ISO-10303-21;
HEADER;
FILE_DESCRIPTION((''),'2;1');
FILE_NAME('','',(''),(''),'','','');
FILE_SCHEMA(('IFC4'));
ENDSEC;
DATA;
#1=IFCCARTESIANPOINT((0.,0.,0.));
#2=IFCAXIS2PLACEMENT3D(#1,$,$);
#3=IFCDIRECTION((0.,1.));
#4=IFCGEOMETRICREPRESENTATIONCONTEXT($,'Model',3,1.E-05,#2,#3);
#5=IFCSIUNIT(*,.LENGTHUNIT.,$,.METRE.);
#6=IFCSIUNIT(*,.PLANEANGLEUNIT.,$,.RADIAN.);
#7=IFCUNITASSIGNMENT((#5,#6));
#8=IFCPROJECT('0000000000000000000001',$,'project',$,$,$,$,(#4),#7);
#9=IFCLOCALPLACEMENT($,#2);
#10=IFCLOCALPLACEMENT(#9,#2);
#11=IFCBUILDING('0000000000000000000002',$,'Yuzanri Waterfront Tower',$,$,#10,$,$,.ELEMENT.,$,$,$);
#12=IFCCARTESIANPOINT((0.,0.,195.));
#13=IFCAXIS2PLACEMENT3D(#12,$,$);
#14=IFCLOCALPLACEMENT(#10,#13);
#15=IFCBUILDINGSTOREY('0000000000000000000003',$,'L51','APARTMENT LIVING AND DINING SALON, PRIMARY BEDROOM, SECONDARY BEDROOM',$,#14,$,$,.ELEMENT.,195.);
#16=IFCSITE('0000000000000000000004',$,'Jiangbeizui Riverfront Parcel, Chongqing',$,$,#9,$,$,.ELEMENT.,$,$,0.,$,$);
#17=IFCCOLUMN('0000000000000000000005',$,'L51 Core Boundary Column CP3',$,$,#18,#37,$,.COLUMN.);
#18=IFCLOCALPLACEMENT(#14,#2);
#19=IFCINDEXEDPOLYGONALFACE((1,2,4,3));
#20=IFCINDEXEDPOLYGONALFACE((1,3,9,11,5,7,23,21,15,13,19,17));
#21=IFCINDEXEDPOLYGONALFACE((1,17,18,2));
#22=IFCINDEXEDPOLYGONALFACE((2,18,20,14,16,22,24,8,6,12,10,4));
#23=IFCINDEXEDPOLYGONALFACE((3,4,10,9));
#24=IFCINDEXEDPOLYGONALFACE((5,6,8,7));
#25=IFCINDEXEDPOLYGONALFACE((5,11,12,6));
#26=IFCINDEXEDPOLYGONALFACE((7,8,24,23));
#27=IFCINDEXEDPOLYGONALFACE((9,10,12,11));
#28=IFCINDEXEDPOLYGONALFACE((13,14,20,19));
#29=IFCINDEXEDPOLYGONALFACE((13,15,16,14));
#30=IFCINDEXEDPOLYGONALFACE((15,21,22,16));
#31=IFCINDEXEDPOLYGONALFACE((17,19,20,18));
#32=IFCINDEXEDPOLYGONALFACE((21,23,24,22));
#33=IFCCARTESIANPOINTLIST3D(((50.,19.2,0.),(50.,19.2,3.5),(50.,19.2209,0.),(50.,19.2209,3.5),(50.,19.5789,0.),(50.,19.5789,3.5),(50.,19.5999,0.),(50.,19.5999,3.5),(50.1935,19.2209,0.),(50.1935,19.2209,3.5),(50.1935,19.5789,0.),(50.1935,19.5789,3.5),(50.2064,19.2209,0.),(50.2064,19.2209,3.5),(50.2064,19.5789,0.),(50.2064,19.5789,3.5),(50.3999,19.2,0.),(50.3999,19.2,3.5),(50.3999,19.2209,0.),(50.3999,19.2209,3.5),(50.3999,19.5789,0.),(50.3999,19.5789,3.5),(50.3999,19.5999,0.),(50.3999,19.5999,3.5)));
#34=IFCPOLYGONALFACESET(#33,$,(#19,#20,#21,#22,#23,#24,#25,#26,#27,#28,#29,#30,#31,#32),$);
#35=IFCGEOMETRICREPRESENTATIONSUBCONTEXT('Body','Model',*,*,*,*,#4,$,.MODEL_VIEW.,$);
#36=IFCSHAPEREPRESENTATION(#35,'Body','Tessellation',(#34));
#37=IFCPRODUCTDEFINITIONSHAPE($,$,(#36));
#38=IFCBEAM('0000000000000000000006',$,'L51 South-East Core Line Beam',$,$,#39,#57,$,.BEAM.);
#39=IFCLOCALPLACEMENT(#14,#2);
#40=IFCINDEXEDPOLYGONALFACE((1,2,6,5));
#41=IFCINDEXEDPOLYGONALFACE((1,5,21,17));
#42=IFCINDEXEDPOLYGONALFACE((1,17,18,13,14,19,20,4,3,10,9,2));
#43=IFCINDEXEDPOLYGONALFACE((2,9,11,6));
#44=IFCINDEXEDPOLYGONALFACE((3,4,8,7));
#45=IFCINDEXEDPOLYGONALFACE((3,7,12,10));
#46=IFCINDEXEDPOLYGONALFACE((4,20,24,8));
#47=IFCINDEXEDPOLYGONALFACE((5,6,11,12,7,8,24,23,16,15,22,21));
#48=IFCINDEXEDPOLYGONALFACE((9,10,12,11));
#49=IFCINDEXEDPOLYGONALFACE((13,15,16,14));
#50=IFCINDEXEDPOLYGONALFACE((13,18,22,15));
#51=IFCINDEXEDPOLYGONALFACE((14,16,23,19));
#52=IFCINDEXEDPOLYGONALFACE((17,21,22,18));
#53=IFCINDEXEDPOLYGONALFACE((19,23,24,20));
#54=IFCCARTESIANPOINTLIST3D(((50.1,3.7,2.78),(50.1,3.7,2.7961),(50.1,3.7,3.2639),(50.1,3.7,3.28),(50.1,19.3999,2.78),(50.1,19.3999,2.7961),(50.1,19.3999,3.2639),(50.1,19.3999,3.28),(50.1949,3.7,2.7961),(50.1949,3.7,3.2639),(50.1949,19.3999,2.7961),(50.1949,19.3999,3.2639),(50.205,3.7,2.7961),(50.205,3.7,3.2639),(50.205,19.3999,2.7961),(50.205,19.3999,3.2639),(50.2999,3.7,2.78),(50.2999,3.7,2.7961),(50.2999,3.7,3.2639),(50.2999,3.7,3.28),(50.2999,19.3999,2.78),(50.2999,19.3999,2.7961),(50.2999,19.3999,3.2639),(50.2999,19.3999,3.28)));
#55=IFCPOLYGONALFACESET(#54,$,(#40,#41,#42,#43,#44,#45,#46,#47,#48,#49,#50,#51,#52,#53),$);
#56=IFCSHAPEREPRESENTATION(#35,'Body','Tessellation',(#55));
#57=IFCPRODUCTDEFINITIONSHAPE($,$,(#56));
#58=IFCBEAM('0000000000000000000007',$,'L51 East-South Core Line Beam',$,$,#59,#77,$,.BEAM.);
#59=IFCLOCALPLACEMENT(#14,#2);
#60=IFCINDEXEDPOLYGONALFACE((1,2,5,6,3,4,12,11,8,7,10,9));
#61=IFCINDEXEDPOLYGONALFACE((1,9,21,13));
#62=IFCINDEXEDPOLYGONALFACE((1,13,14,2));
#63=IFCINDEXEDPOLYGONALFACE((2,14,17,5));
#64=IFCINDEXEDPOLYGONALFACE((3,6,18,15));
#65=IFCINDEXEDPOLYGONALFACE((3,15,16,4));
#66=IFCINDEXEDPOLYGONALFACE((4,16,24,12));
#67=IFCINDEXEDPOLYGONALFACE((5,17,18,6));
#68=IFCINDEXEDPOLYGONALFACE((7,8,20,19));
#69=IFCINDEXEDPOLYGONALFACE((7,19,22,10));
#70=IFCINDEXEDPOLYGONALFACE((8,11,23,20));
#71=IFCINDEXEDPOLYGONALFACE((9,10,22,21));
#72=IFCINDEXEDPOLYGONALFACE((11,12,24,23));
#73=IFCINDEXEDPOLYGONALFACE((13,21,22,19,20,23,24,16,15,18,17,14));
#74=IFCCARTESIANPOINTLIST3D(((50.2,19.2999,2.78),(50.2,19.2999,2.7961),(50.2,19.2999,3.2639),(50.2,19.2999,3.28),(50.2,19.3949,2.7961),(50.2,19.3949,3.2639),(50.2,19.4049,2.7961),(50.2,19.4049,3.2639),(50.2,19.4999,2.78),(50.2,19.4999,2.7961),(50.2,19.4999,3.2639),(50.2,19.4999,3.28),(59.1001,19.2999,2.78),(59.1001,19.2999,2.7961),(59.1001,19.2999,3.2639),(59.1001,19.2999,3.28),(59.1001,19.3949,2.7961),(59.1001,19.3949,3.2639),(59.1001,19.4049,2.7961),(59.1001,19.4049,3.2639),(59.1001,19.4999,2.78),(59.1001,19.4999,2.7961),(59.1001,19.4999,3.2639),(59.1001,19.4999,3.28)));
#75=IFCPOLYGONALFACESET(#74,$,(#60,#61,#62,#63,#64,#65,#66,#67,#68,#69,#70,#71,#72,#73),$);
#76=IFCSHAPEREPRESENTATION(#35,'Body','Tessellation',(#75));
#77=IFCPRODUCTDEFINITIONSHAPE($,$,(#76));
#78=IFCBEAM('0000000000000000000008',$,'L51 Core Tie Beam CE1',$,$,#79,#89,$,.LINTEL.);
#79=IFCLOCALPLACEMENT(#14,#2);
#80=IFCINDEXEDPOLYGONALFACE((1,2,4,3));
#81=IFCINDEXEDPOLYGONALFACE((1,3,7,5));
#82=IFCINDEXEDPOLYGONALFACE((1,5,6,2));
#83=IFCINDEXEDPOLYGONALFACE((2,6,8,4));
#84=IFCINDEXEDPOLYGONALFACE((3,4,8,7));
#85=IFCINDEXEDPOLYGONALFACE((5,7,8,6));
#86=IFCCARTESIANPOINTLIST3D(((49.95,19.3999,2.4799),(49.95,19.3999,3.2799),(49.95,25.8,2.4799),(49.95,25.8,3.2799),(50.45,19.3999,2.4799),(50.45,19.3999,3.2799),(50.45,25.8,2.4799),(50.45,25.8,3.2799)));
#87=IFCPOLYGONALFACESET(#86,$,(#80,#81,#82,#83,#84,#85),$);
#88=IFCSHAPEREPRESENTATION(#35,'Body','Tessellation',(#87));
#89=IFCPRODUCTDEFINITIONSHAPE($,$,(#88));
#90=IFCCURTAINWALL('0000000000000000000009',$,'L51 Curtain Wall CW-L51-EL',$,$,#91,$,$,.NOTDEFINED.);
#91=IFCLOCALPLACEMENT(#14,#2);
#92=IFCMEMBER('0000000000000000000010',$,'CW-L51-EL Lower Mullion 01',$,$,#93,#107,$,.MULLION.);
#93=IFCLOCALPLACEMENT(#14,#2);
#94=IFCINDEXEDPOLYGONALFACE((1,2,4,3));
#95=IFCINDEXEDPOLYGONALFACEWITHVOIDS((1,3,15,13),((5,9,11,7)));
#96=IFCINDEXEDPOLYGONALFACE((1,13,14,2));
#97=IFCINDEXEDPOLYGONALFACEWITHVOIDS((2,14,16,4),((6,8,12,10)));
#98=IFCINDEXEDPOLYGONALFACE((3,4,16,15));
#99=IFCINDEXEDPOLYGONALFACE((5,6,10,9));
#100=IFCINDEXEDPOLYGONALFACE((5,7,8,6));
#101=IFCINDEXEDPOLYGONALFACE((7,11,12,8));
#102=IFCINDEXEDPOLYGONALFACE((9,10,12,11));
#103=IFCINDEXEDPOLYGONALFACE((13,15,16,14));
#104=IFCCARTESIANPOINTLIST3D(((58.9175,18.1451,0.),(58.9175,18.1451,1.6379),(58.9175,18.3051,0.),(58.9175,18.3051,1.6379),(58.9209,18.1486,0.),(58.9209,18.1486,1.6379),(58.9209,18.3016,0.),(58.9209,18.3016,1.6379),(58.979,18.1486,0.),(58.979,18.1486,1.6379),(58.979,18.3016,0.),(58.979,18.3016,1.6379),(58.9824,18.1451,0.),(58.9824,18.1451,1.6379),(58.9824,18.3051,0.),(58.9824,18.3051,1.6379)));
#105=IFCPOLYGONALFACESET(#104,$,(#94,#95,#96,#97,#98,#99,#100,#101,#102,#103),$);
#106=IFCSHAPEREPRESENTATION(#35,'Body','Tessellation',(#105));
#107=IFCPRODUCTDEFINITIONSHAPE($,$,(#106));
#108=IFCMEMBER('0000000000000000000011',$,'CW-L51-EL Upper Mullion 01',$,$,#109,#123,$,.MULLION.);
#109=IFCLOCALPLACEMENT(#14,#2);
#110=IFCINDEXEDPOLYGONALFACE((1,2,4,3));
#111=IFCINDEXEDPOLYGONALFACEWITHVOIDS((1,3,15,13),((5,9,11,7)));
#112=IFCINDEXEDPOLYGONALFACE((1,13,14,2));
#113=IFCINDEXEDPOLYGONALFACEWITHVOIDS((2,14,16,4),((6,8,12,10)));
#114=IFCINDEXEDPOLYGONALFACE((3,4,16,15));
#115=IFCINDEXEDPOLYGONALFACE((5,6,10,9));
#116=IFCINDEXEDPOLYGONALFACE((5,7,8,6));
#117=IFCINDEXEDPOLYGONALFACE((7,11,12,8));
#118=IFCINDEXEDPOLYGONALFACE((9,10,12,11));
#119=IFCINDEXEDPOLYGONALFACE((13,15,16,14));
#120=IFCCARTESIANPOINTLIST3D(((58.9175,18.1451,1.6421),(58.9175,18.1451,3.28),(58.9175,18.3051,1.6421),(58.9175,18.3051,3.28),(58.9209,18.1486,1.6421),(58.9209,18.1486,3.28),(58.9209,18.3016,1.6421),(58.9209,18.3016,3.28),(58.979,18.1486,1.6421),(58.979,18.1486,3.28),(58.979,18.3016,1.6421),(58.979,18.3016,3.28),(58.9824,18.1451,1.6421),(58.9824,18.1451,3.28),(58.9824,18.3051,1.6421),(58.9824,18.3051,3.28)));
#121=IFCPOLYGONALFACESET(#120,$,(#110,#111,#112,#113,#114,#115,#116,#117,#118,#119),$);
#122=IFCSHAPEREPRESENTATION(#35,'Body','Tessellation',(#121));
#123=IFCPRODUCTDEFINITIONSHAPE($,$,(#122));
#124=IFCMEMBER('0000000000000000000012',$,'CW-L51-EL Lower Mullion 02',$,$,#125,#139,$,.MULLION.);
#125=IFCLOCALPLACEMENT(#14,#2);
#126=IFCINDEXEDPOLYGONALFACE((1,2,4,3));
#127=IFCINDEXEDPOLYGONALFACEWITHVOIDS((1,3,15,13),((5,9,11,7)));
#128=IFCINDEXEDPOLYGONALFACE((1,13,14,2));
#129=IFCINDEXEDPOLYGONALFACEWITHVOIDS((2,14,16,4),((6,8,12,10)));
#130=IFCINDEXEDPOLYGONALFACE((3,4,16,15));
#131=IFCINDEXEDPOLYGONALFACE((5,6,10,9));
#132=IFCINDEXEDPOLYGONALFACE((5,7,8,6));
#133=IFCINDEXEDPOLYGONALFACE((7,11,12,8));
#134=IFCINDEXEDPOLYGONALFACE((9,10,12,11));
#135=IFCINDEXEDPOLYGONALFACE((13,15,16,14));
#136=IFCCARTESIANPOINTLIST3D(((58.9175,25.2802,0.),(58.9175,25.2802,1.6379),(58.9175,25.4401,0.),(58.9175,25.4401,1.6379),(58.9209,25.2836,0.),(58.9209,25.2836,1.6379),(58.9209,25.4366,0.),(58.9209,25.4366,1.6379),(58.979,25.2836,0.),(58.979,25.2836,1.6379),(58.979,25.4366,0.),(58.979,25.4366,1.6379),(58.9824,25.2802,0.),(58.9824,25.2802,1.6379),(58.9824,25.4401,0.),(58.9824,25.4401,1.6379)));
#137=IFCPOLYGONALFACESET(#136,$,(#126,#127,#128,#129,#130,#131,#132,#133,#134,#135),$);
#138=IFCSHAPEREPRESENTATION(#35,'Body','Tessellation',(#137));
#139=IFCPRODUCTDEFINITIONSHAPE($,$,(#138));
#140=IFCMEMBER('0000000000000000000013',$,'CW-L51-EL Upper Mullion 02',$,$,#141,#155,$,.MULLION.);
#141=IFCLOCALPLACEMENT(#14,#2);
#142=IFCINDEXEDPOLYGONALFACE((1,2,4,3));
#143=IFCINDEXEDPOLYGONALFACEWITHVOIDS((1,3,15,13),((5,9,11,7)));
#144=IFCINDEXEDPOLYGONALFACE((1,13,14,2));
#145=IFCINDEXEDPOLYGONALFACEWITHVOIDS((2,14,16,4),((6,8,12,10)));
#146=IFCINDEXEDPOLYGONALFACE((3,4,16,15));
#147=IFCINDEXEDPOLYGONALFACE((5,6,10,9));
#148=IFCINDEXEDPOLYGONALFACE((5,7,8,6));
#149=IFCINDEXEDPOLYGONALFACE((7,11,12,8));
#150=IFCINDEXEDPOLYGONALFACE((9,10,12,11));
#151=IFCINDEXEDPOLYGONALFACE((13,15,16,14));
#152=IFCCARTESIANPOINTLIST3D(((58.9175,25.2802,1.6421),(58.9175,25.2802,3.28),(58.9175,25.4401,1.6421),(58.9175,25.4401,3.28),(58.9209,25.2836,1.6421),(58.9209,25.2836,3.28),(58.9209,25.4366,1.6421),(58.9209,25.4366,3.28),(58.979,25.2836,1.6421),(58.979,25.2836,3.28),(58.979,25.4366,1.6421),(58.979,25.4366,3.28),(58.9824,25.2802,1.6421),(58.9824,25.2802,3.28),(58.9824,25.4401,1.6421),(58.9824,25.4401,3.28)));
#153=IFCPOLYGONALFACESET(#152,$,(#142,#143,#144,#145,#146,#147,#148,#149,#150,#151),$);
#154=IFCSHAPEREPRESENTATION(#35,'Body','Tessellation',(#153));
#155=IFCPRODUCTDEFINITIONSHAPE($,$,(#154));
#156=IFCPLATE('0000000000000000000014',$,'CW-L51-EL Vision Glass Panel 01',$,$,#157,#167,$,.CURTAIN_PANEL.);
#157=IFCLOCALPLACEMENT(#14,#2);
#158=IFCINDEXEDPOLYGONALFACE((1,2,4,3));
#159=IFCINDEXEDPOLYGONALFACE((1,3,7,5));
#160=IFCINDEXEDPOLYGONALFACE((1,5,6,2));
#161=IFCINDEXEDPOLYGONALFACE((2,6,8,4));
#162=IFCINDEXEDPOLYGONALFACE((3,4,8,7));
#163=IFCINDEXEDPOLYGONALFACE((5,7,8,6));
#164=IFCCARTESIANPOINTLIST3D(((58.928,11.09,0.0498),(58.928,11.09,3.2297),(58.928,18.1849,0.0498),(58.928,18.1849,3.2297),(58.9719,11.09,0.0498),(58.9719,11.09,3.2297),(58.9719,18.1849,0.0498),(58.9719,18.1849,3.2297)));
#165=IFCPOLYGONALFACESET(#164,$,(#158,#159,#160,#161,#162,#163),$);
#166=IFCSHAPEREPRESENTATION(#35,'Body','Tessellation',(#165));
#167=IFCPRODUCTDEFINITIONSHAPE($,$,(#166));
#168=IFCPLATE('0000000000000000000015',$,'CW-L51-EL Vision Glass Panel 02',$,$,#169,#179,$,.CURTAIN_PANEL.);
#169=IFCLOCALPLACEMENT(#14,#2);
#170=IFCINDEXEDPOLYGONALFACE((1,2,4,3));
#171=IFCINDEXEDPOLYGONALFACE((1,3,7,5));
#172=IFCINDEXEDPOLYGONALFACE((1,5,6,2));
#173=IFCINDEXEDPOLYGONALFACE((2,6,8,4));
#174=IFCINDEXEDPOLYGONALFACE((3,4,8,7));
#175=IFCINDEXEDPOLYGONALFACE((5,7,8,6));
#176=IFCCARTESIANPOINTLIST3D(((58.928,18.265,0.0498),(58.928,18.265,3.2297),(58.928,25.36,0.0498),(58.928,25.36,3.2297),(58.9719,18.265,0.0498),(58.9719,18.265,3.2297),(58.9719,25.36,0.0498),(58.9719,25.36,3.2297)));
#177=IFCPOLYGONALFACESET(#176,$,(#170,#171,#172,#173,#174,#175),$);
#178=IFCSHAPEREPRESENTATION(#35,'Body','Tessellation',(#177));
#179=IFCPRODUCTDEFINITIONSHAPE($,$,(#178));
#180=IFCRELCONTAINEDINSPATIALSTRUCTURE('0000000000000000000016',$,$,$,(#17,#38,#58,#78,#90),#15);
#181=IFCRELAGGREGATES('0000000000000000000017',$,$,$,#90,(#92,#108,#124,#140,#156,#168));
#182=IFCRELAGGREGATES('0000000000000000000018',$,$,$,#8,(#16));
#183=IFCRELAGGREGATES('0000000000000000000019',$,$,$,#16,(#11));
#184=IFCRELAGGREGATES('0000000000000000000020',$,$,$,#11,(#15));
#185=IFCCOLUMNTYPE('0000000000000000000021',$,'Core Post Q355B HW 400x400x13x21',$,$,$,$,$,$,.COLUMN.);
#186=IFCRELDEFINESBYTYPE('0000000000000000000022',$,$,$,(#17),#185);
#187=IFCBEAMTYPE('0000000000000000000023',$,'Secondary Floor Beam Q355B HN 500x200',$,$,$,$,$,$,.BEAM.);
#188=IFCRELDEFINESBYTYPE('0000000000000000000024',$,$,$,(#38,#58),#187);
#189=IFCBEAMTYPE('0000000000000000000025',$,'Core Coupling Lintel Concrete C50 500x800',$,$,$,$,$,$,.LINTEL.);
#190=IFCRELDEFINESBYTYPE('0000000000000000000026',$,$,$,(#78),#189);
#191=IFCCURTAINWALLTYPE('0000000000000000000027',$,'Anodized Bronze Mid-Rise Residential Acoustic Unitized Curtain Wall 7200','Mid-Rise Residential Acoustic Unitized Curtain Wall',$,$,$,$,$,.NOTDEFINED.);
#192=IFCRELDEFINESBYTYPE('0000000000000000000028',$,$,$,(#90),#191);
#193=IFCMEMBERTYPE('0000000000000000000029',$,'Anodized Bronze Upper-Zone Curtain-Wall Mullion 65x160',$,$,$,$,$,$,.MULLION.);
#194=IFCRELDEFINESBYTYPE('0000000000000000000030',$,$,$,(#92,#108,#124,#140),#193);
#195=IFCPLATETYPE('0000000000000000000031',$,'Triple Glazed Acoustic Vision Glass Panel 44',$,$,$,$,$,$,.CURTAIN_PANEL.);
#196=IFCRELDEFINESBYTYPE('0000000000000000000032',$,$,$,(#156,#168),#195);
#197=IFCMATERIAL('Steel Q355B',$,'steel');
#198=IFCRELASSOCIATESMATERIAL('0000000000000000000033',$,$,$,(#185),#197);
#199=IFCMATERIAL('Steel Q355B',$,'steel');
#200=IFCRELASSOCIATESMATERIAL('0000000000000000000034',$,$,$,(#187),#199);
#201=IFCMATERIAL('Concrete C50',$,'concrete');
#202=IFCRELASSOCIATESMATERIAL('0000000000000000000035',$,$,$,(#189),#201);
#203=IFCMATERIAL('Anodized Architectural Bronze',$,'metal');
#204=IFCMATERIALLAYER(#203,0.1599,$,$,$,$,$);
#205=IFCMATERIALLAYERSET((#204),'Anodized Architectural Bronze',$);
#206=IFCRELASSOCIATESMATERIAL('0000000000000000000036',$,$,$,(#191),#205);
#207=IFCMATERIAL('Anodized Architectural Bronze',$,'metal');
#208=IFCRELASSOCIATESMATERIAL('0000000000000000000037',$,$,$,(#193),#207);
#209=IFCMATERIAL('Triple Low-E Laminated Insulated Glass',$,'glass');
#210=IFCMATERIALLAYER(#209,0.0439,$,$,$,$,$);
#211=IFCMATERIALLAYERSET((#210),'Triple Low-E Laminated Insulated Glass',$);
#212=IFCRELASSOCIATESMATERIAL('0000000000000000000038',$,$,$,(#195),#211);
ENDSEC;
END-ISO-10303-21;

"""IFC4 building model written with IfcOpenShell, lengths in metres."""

from ifc_helpers import new_model, si_unit, direction, frame, origin, origin_2d, place, context, subcontext, project, spatial, rectangle, hollow_rectangle, i_section, extrude, source, transform, mapped, material, layer, layer_set, material_profile, profile_set, type_object, element, aggregate, save


model = new_model("IFC4")

# Units and contexts
model_context = context("Model", 3, precision=1e-05, world=origin(), true_north=direction((0.0, 1.0)))
body_context = subcontext(model_context, "Body", "Model", "MODEL_VIEW")
ifc_project = project(units=[si_unit("LENGTHUNIT", "METRE"), si_unit("PLANEANGLEUNIT", "RADIAN")], contexts=[model_context])

# Site, building, storey
site_placement = place(None, origin())
site = spatial("IfcSite", under=ifc_project, at=site_placement, Name="Jiangbeizui Riverfront Parcel, Chongqing", CompositionType="ELEMENT", RefElevation=0.0)
building_placement = place(site_placement, origin())
building = spatial("IfcBuilding", under=site, at=building_placement, Name="Yuzanri Waterfront Tower", CompositionType="ELEMENT")
storey_placement = place(building_placement, frame((0.0, 0.0, 195.0)))
storey = spatial("IfcBuildingStorey", under=building, at=storey_placement, Name="L51", Description="APARTMENT LIVING AND DINING SALON, PRIMARY BEDROOM, SECONDARY BEDROOM", CompositionType="ELEMENT", Elevation=195.0)

# Column
ifc_material_1 = material(Name="Steel Q355B", Category="steel")
ifc_material_profile_1 = material_profile(ifc_material_1, i_section(OverallWidth=0.3999, OverallDepth=0.3999, WebThickness=0.0129, FlangeThickness=0.021, at=origin_2d()), Name="HW 400x400x13x21")
ifc_profile_set_1 = profile_set([ifc_material_profile_1], Name="Steel Q355B")
column_type = type_object("IfcColumnType", Name="Core Post Q355B HW 400x400x13x21", PredefinedType="COLUMN", material=ifc_profile_set_1)
shared_shape_1 = source(origin(), body_context, "Body", "SweptSolid", [
    extrude(i_section(OverallWidth=0.3999, OverallDepth=0.3999, WebThickness=0.0129, FlangeThickness=0.021, at=origin_2d()), origin(), (0.0, 0.0, 1.0), 3.5),
])
column_placement = place(storey_placement, frame((50.2, 19.3999, 0.0), z_axis=(0.0, 0.0, 1.0), x_axis=(1.0, 0.0, 0.0)))
element("IfcColumn", 1, at=column_placement, inside=storey, type_object=column_type, Name="L51 Core Boundary Column CP3", PredefinedType="COLUMN", context=body_context, shape_type="MappedRepresentation", body=[
    mapped(shared_shape_1, transform((0.0, 0.0, 0.0), scale=1.0)),
])

# Beams
ifc_material_2 = material(Name="Steel Q355B", Category="steel")
ifc_material_profile_2 = material_profile(ifc_material_2, i_section(OverallWidth=0.2, OverallDepth=0.5, WebThickness=0.01, FlangeThickness=0.0161, at=origin_2d()), Name="HN 500x200x10x16")
ifc_profile_set_2 = profile_set([ifc_material_profile_2], Name="Steel Q355B")
beam_type_1 = type_object("IfcBeamType", Name="Secondary Floor Beam Q355B HN 500x200", PredefinedType="BEAM", material=ifc_profile_set_2)
shared_shape_2 = source(origin(), body_context, "Body", "SweptSolid", [
    extrude(i_section(OverallWidth=0.2, OverallDepth=0.5, WebThickness=0.01, FlangeThickness=0.0161, at=origin_2d()), origin(), (0.0, 0.0, 1.0), 15.7),
])
beam_1_placement = place(storey_placement, frame((50.2, 19.3999, 3.03), z_axis=(0.0, -1.0, 0.0), x_axis=(1.0, 0.0, 0.0)))
element("IfcBeam", 2, at=beam_1_placement, inside=storey, type_object=beam_type_1, Name="L51 South-East Core Line Beam", PredefinedType="BEAM", context=body_context, shape_type="MappedRepresentation", body=[
    mapped(shared_shape_2, transform((0.0, 0.0, 0.0), scale=1.0)),
])
shared_shape_3 = source(origin(), body_context, "Body", "SweptSolid", [
    extrude(i_section(OverallWidth=0.2, OverallDepth=0.5, WebThickness=0.01, FlangeThickness=0.0161, at=origin_2d()), origin(), (0.0, 0.0, 1.0), 8.9001),
])
beam_2_placement = place(storey_placement, frame((50.2, 19.3999, 3.03), z_axis=(1.0, 0.0, 0.0), x_axis=(0.0, 1.0, 0.0)))
element("IfcBeam", 3, at=beam_2_placement, inside=storey, type_object=beam_type_1, Name="L51 East-South Core Line Beam", PredefinedType="BEAM", context=body_context, shape_type="MappedRepresentation", body=[
    mapped(shared_shape_3, transform((0.0, 0.0, 0.0), scale=1.0)),
])
ifc_material_3 = material(Name="Concrete C50", Category="concrete")
ifc_material_profile_3 = material_profile(ifc_material_3, rectangle(XDim=0.5, YDim=0.8, at=origin_2d()), Name="RC 500x800")
ifc_profile_set_3 = profile_set([ifc_material_profile_3], Name="Concrete C50")
beam_type_2 = type_object("IfcBeamType", Name="Core Coupling Lintel Concrete C50 500x800", PredefinedType="LINTEL", material=ifc_profile_set_3)
shared_shape_4 = source(origin(), body_context, "Body", "SweptSolid", [
    extrude(rectangle(XDim=0.5, YDim=0.8, at=origin_2d()), origin(), (0.0, 0.0, 1.0), 6.4001),
])
beam_3_placement = place(storey_placement, frame((50.2, 19.3999, 2.8799), z_axis=(0.0, 1.0, 0.0), x_axis=(-1.0, 0.0, 0.0)))
element("IfcBeam", 4, at=beam_3_placement, inside=storey, type_object=beam_type_2, Name="L51 Core Tie Beam CE1", PredefinedType="LINTEL", context=body_context, shape_type="MappedRepresentation", body=[
    mapped(shared_shape_4, transform((0.0, 0.0, 0.0), scale=1.0)),
])

# Curtain wall, members, plates
ifc_material_4 = material(Name="Anodized Architectural Bronze", Category="metal")
ifc_layer_1 = layer(ifc_material_4, 0.1599)
ifc_layer_set_1 = layer_set([ifc_layer_1], Name="Anodized Architectural Bronze")
curtain_wall_type = type_object("IfcCurtainWallType", Name="Anodized Bronze Mid-Rise Residential Acoustic Unitized Curtain Wall 7200", Description="Mid-Rise Residential Acoustic Unitized Curtain Wall", PredefinedType="NOTDEFINED", material=ifc_layer_set_1)
curtain_wall_placement = place(storey_placement, origin())
curtain_wall = element("IfcCurtainWall", 5, at=curtain_wall_placement, inside=storey, type_object=curtain_wall_type, Name="L51 Curtain Wall CW-L51-EL", PredefinedType="NOTDEFINED")
ifc_material_5 = material(Name="Anodized Architectural Bronze", Category="metal")
ifc_material_profile_4 = material_profile(ifc_material_5, hollow_rectangle(XDim=0.0649, YDim=0.1599, WallThickness=0.0034, at=origin_2d()), Name="CWM 65x160")
ifc_profile_set_4 = profile_set([ifc_material_profile_4], Name="Anodized Architectural Bronze")
member_type = type_object("IfcMemberType", Name="Anodized Bronze Upper-Zone Curtain-Wall Mullion 65x160", PredefinedType="MULLION", material=ifc_profile_set_4)
shared_shape_5 = source(origin(), body_context, "Body", "SweptSolid", [
    extrude(hollow_rectangle(XDim=0.0649, YDim=0.1599, WallThickness=0.0034, at=origin_2d()), origin(), (0.0, 0.0, 1.0), 1.6379),
])
member_1_placement = place(storey_placement, frame((58.95, 18.2251, 0.0), z_axis=(0.0, 0.0, 1.0), x_axis=(1.0, 0.0, 0.0)))
member_1 = element("IfcMember", 6, at=member_1_placement, type_object=member_type, Name="CW-L51-EL Lower Mullion 01", PredefinedType="MULLION", context=body_context, shape_type="MappedRepresentation", body=[
    mapped(shared_shape_5, transform((0.0, 0.0, 0.0), scale=1.0)),
])
member_2_placement = place(storey_placement, frame((58.95, 18.2251, 1.6421), z_axis=(0.0, 0.0, 1.0), x_axis=(1.0, 0.0, 0.0)))
member_2 = element("IfcMember", 7, at=member_2_placement, type_object=member_type, Name="CW-L51-EL Upper Mullion 01", PredefinedType="MULLION", context=body_context, shape_type="MappedRepresentation", body=[
    mapped(shared_shape_5, transform((0.0, 0.0, 0.0), scale=1.0)),
])
member_3_placement = place(storey_placement, frame((58.95, 25.3601, 0.0), z_axis=(0.0, 0.0, 1.0), x_axis=(1.0, 0.0, 0.0)))
member_3 = element("IfcMember", 8, at=member_3_placement, type_object=member_type, Name="CW-L51-EL Lower Mullion 02", PredefinedType="MULLION", context=body_context, shape_type="MappedRepresentation", body=[
    mapped(shared_shape_5, transform((0.0, 0.0, 0.0), scale=1.0)),
])
member_4_placement = place(storey_placement, frame((58.95, 25.3601, 1.6421), z_axis=(0.0, 0.0, 1.0), x_axis=(1.0, 0.0, 0.0)))
member_4 = element("IfcMember", 9, at=member_4_placement, type_object=member_type, Name="CW-L51-EL Upper Mullion 02", PredefinedType="MULLION", context=body_context, shape_type="MappedRepresentation", body=[
    mapped(shared_shape_5, transform((0.0, 0.0, 0.0), scale=1.0)),
])
ifc_material_6 = material(Name="Triple Low-E Laminated Insulated Glass", Category="glass")
ifc_layer_2 = layer(ifc_material_6, 0.0439)
ifc_layer_set_2 = layer_set([ifc_layer_2], Name="Triple Low-E Laminated Insulated Glass")
plate_type = type_object("IfcPlateType", Name="Triple Glazed Acoustic Vision Glass Panel 44", PredefinedType="CURTAIN_PANEL", material=ifc_layer_set_2)
shared_shape_6 = source(origin(), body_context, "Body", "SweptSolid", [
    extrude(rectangle(XDim=7.095, YDim=0.0439, at=origin_2d()), origin(), (0.0, 0.0, 1.0), 3.1799),
])
plate_1_placement = place(storey_placement, frame((58.95, 14.6375, 0.0498), z_axis=(0.0, 0.0, 1.0), x_axis=(0.0, 1.0, 0.0)))
plate_1 = element("IfcPlate", 10, at=plate_1_placement, type_object=plate_type, Name="CW-L51-EL Vision Glass Panel 01", PredefinedType="CURTAIN_PANEL", context=body_context, shape_type="MappedRepresentation", body=[
    mapped(shared_shape_6, transform((0.0, 0.0, 0.0), scale=1.0)),
])
plate_2_placement = place(storey_placement, frame((58.95, 21.8125, 0.0498), z_axis=(0.0, 0.0, 1.0), x_axis=(0.0, 1.0, 0.0)))
plate_2 = element("IfcPlate", 11, at=plate_2_placement, type_object=plate_type, Name="CW-L51-EL Vision Glass Panel 02", PredefinedType="CURTAIN_PANEL", context=body_context, shape_type="MappedRepresentation", body=[
    mapped(shared_shape_6, transform((0.0, 0.0, 0.0), scale=1.0)),
])
aggregate(curtain_wall, [member_1, member_2, member_3, member_4, plate_1, plate_2])

save(model, "model.ifc")
